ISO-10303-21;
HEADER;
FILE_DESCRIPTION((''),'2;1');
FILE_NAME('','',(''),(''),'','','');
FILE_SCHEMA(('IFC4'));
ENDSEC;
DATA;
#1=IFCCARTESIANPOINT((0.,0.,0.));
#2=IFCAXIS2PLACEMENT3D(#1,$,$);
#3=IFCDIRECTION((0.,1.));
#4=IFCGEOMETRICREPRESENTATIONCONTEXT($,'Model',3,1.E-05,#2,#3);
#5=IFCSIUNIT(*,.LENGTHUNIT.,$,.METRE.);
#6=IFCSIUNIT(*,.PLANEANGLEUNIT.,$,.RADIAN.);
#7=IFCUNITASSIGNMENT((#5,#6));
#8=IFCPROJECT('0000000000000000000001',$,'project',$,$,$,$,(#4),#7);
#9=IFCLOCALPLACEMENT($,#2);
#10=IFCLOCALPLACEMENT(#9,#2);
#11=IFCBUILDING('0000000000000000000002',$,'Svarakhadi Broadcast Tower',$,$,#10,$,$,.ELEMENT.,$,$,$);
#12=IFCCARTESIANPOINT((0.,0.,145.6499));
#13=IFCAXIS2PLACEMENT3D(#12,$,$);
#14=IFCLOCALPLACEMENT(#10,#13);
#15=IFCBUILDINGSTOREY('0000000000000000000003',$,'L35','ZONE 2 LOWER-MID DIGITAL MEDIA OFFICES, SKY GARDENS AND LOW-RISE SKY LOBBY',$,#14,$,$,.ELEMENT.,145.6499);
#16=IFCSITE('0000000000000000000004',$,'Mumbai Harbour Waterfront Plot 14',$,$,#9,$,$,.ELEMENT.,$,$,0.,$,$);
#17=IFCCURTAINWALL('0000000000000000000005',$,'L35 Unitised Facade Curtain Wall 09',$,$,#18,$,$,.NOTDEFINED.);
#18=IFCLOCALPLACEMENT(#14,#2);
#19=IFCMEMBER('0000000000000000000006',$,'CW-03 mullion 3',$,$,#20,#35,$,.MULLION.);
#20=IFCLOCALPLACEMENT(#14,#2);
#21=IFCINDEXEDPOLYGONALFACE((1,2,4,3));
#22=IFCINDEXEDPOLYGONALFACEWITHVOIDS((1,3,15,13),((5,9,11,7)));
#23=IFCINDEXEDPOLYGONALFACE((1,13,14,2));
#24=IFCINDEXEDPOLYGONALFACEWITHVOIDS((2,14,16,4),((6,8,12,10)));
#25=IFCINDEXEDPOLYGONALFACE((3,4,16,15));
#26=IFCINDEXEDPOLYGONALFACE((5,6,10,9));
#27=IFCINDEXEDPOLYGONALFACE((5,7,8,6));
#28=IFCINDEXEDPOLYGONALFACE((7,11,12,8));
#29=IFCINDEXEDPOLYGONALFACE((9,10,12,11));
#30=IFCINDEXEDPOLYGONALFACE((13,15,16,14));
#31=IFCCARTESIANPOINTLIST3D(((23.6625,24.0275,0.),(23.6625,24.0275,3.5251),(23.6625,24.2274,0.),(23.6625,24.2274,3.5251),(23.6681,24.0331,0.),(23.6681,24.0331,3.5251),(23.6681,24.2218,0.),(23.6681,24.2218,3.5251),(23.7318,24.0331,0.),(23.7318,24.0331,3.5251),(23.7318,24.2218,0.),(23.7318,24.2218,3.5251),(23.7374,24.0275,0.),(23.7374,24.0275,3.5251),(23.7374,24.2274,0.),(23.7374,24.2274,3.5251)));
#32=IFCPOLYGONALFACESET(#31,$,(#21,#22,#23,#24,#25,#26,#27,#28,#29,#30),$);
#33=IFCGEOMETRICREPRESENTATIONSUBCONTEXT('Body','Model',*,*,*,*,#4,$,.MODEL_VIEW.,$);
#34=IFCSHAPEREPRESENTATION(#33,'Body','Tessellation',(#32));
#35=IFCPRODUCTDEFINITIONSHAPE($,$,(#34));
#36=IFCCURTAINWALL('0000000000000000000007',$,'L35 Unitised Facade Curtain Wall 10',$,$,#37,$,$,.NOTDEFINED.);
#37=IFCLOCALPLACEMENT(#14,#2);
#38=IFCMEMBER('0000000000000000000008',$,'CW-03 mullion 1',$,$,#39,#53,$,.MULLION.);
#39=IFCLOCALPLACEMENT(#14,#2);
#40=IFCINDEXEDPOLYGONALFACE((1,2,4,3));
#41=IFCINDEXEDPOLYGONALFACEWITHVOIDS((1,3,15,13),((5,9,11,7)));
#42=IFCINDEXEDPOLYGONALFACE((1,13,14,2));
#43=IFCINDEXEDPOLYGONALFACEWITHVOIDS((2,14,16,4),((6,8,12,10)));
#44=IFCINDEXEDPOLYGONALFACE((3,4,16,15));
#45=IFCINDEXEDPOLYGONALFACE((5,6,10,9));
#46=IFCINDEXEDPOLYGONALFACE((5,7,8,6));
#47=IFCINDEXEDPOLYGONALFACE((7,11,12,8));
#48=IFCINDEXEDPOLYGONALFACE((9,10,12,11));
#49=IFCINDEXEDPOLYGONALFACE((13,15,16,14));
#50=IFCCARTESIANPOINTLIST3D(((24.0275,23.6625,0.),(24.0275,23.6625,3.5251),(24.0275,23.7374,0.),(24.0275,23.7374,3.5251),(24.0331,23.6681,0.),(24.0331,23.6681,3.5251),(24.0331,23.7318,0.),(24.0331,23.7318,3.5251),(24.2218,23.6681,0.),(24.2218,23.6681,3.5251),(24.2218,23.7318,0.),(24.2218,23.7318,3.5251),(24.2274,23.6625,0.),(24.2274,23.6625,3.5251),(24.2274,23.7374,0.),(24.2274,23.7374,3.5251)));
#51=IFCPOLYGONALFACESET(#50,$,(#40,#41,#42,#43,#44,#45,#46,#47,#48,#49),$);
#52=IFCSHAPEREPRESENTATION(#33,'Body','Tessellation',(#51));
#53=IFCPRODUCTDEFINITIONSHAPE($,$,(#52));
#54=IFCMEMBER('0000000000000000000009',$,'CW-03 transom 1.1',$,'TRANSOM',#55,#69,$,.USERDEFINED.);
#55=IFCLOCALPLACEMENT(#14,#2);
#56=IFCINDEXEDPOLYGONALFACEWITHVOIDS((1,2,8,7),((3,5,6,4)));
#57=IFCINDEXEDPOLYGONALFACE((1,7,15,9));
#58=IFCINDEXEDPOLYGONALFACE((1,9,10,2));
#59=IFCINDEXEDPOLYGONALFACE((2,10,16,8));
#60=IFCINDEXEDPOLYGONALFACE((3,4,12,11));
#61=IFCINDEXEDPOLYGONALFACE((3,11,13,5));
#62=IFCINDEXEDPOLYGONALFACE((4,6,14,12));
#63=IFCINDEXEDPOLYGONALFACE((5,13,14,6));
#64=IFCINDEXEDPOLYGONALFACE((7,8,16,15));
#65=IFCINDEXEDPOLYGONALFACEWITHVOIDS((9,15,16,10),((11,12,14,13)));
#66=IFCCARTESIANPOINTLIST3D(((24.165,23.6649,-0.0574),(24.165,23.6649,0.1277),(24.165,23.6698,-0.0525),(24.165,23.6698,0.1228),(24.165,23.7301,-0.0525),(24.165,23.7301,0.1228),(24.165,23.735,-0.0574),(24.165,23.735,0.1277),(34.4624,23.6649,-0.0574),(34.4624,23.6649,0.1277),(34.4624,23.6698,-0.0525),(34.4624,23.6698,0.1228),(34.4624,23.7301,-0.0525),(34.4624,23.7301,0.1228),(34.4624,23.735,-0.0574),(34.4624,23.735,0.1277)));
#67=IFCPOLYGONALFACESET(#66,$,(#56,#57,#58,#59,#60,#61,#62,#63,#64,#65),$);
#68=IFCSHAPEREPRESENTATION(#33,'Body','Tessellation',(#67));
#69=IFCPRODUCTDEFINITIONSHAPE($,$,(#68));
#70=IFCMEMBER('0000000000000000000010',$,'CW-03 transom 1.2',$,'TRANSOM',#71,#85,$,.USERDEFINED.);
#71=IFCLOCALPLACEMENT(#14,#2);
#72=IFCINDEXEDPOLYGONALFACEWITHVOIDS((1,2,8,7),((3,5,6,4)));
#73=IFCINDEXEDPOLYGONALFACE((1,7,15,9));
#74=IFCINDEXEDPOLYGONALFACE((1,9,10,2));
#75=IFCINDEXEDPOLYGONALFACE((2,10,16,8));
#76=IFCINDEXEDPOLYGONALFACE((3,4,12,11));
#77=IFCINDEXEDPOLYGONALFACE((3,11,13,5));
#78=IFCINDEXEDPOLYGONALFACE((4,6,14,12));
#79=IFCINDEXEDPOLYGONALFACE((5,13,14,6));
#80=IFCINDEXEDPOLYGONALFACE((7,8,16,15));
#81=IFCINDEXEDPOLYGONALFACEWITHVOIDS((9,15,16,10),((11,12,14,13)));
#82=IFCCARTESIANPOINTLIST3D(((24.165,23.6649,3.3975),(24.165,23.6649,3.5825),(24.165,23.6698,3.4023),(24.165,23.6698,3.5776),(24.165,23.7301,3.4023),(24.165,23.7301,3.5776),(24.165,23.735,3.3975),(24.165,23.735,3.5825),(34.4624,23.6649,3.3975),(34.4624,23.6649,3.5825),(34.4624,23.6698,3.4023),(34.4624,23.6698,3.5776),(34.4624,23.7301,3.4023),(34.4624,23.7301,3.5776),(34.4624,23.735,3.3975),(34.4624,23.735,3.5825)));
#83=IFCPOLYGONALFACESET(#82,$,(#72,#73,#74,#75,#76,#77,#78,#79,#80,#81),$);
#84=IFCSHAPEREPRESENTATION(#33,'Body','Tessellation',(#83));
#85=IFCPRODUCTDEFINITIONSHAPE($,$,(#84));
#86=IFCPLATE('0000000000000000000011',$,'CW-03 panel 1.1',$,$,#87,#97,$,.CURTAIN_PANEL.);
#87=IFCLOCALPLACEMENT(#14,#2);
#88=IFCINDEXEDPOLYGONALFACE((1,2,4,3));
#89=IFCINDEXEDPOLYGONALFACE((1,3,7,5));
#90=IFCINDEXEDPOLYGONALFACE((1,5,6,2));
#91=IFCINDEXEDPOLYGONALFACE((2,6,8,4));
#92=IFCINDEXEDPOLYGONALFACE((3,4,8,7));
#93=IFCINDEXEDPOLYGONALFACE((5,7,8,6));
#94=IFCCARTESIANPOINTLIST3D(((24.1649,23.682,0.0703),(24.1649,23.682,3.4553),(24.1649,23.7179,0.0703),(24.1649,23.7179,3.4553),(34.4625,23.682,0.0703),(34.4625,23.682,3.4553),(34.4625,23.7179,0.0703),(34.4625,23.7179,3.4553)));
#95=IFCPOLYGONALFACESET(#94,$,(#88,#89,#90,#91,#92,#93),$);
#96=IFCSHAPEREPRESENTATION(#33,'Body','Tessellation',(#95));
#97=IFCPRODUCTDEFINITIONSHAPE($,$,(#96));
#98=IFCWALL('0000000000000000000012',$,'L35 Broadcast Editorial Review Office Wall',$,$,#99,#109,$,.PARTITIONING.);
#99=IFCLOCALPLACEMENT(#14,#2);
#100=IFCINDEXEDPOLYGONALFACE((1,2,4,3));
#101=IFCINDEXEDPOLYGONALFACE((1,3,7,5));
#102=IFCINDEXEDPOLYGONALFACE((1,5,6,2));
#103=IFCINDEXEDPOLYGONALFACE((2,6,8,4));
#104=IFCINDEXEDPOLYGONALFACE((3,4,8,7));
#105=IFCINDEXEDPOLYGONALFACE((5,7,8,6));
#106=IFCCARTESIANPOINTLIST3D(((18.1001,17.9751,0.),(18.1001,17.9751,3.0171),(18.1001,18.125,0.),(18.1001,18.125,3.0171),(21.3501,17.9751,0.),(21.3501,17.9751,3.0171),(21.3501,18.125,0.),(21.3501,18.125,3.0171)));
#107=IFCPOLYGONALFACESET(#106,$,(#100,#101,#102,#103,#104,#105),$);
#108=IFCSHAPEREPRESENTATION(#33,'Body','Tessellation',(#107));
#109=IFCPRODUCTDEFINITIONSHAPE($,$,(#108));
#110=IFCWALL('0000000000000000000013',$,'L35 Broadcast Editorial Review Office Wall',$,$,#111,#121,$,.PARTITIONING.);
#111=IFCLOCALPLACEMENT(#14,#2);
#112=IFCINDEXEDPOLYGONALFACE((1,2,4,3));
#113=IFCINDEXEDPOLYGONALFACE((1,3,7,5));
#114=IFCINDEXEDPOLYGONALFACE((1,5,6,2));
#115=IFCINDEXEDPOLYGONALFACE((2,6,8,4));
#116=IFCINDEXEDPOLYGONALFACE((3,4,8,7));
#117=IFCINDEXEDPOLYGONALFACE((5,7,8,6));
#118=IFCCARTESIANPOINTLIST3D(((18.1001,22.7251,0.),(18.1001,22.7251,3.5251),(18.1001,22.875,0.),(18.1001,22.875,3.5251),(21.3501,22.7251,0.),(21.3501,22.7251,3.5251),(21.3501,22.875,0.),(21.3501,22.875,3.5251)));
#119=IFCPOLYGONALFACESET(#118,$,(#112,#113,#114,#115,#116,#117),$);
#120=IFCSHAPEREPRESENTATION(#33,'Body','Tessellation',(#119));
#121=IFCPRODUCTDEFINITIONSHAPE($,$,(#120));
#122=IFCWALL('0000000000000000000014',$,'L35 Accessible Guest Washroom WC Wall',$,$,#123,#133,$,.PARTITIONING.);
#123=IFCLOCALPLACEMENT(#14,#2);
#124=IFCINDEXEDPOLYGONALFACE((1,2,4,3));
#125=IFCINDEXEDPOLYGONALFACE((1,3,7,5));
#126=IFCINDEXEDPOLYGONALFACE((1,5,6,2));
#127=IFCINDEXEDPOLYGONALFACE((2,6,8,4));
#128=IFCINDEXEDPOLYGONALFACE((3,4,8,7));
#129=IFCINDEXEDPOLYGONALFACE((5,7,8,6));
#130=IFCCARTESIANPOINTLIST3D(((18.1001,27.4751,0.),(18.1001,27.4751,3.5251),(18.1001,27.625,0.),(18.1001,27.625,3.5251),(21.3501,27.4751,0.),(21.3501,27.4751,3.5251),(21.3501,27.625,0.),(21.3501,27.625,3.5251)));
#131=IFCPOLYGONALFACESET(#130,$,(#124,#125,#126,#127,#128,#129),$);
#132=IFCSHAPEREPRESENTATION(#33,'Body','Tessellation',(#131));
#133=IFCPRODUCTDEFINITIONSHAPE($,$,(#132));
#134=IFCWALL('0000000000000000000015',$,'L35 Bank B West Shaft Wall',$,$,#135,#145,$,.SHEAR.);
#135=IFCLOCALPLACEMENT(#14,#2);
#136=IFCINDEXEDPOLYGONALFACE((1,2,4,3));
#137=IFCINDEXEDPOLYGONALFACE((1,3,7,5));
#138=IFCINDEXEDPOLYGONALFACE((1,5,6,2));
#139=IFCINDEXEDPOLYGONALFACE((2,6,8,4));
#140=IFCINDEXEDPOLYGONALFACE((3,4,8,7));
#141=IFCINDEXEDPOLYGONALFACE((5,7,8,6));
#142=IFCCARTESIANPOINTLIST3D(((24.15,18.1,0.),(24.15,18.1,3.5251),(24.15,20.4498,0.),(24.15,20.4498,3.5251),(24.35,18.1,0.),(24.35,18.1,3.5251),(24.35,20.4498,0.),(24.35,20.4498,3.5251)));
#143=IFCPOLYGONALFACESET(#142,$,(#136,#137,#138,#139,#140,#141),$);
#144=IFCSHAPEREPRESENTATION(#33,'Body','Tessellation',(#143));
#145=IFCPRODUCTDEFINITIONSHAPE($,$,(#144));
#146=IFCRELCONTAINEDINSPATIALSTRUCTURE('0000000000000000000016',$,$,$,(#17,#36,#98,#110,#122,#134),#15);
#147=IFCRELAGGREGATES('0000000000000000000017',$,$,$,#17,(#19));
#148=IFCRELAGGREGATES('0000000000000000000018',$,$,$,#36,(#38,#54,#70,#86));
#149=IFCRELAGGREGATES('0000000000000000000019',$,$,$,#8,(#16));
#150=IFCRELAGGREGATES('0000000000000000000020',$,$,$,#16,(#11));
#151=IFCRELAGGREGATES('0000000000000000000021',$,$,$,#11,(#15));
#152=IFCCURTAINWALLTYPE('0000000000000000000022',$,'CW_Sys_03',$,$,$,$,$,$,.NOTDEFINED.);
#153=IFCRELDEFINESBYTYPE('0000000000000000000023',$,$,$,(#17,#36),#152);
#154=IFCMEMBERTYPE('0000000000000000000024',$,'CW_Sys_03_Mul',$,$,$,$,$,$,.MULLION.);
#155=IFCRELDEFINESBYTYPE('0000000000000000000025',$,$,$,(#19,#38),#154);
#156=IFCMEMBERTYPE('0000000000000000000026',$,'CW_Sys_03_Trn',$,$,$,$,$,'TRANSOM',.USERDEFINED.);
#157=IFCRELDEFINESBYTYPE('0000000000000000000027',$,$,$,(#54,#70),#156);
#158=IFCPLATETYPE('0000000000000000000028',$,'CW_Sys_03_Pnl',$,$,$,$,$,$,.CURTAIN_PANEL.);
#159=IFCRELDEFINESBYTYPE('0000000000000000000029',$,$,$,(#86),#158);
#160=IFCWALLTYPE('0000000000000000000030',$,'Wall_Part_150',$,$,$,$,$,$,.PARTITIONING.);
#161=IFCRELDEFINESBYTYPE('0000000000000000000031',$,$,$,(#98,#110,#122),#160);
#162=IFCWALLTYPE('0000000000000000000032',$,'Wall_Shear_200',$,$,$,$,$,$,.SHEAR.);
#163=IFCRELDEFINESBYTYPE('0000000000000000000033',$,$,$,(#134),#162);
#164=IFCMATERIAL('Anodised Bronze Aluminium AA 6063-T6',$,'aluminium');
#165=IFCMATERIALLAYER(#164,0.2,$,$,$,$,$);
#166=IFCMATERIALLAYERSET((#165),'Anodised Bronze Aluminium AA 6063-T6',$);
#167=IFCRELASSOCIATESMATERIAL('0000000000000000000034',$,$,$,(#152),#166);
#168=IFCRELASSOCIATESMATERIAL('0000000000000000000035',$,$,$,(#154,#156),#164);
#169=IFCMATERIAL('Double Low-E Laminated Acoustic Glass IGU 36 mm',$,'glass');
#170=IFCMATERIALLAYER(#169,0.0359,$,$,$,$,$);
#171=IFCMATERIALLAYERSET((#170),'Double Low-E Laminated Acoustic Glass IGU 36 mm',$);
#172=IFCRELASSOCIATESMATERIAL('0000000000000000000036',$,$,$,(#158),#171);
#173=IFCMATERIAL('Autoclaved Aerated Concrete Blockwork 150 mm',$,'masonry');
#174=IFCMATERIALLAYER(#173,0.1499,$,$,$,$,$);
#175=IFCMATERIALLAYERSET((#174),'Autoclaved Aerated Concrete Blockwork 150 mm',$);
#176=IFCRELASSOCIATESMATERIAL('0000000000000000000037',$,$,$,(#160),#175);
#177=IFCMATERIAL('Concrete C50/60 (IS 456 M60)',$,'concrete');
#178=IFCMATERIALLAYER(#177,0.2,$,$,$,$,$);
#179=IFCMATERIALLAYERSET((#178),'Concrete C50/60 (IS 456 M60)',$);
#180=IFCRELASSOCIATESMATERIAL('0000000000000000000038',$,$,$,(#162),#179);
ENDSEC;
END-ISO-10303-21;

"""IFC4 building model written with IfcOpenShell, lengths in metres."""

from ifc_helpers import new_model, si_unit, direction, frame, frame_2d, origin, origin_2d, place, context, subcontext, project, spatial, rectangle, hollow_rectangle, extrude, material, layer, layer_set, material_profile, profile_set, type_object, element, aggregate, save


model = new_model("IFC4")

# Units and contexts
model_context = context("Model", 3, precision=1e-05, world=origin(), true_north=direction((0.0, 1.0)))
body_context = subcontext(model_context, "Body", "Model", "MODEL_VIEW")
ifc_project = project(units=[si_unit("LENGTHUNIT", "METRE"), si_unit("PLANEANGLEUNIT", "RADIAN")], contexts=[model_context])

# Site, building, storey
site_placement = place(None, origin())
site = spatial("IfcSite", under=ifc_project, at=site_placement, Name="Mumbai Harbour Waterfront Plot 14", CompositionType="ELEMENT", RefElevation=0.0)
building_placement = place(site_placement, origin())
building = spatial("IfcBuilding", under=site, at=building_placement, Name="Svarakhadi Broadcast Tower", CompositionType="ELEMENT")
storey_placement = place(building_placement, frame((0.0, 0.0, 145.6499)))
storey = spatial("IfcBuildingStorey", under=building, at=storey_placement, Name="L35", Description="ZONE 2 LOWER-MID DIGITAL MEDIA OFFICES, SKY GARDENS AND LOW-RISE SKY LOBBY", CompositionType="ELEMENT", Elevation=145.6499)

# Curtain wall, member
ifc_material_1 = material(Name="Anodised Bronze Aluminium AA 6063-T6", Category="aluminium")
ifc_layer_1 = layer(ifc_material_1, 0.2)
ifc_layer_set_1 = layer_set([ifc_layer_1], Name="Anodised Bronze Aluminium AA 6063-T6")
curtain_wall_type = type_object("IfcCurtainWallType", Name="CW_Sys_03", PredefinedType="NOTDEFINED", material=ifc_layer_set_1)
curtain_wall_1_placement = place(storey_placement, origin())
curtain_wall_1 = element("IfcCurtainWall", 1, at=curtain_wall_1_placement, inside=storey, type_object=curtain_wall_type, Name="L35 Unitised Facade Curtain Wall 09", PredefinedType="NOTDEFINED")
ifc_material_profile_1 = material_profile(ifc_material_1, hollow_rectangle(XDim=0.075, YDim=0.2, WallThickness=0.0056, at=origin_2d()), Name="ALU MULLION 200x75x6")
ifc_profile_set_1 = profile_set([ifc_material_profile_1], Name="Anodised Bronze Aluminium AA 6063-T6")
member_type_1 = type_object("IfcMemberType", Name="CW_Sys_03_Mul", PredefinedType="MULLION", material=ifc_profile_set_1)
member_1_placement = place(storey_placement, frame((23.7, 24.1274, 0.0), z_axis=(0.0, 0.0, 1.0), x_axis=(1.0, 0.0, 0.0)))
member_1 = element("IfcMember", 2, at=member_1_placement, type_object=member_type_1, Name="CW-03 mullion 3", PredefinedType="MULLION", context=body_context, shape_type="SweptSolid", body=[
    extrude(hollow_rectangle(XDim=0.075, YDim=0.2, WallThickness=0.0056, at=origin_2d()), origin(), (0.0, 0.0, 1.0), 3.5251),
])
aggregate(curtain_wall_1, [member_1])

# Curtain wall, members, plate
curtain_wall_2_placement = place(storey_placement, origin())
curtain_wall_2 = element("IfcCurtainWall", 3, at=curtain_wall_2_placement, inside=storey, type_object=curtain_wall_type, Name="L35 Unitised Facade Curtain Wall 10", PredefinedType="NOTDEFINED")
member_2_placement = place(storey_placement, frame((24.1274, 23.7, 0.0), z_axis=(0.0, 0.0, 1.0), x_axis=(0.0, 1.0, 0.0)))
member_2 = element("IfcMember", 4, at=member_2_placement, type_object=member_type_1, Name="CW-03 mullion 1", PredefinedType="MULLION", context=body_context, shape_type="SweptSolid", body=[
    extrude(hollow_rectangle(XDim=0.075, YDim=0.2, WallThickness=0.0056, at=origin_2d()), origin(), (0.0, 0.0, 1.0), 3.5251),
])
ifc_material_profile_2 = material_profile(ifc_material_1, hollow_rectangle(XDim=0.0701, YDim=0.1851, WallThickness=0.0049, at=origin_2d()), Name="ALU TRANSOM 185x70x5")
ifc_profile_set_2 = profile_set([ifc_material_profile_2], Name="Anodised Bronze Aluminium AA 6063-T6")
member_type_2 = type_object("IfcMemberType", Name="CW_Sys_03_Trn", ElementType="TRANSOM", PredefinedType="USERDEFINED", material=ifc_profile_set_2)
member_3_placement = place(storey_placement, frame((24.165, 23.7, 0.0352), z_axis=(1.0, 0.0, 0.0), x_axis=(0.0, 1.0, 0.0)))
member_3 = element("IfcMember", 5, at=member_3_placement, type_object=member_type_2, Name="CW-03 transom 1.1", ObjectType="TRANSOM", PredefinedType="USERDEFINED", context=body_context, shape_type="SweptSolid", body=[
    extrude(hollow_rectangle(XDim=0.0701, YDim=0.1851, WallThickness=0.0049, at=origin_2d()), origin(), (0.0, 0.0, 1.0), 10.2974),
])
member_4_placement = place(storey_placement, frame((24.165, 23.7, 3.49), z_axis=(1.0, 0.0, 0.0), x_axis=(0.0, 1.0, 0.0)))
member_4 = element("IfcMember", 6, at=member_4_placement, type_object=member_type_2, Name="CW-03 transom 1.2", ObjectType="TRANSOM", PredefinedType="USERDEFINED", context=body_context, shape_type="SweptSolid", body=[
    extrude(hollow_rectangle(XDim=0.0701, YDim=0.1851, WallThickness=0.0049, at=origin_2d()), origin(), (0.0, 0.0, 1.0), 10.2974),
])
ifc_material_2 = material(Name="Double Low-E Laminated Acoustic Glass IGU 36 mm", Category="glass")
ifc_layer_2 = layer(ifc_material_2, 0.0359)
ifc_layer_set_2 = layer_set([ifc_layer_2], Name="Double Low-E Laminated Acoustic Glass IGU 36 mm")
plate_type = type_object("IfcPlateType", Name="CW_Sys_03_Pnl", PredefinedType="CURTAIN_PANEL", material=ifc_layer_set_2)
plate_placement = place(storey_placement, frame((29.3137, 23.7, 0.0703), z_axis=(0.0, 0.0, 1.0), x_axis=(1.0, 0.0, 0.0)))
plate = element("IfcPlate", 7, at=plate_placement, type_object=plate_type, Name="CW-03 panel 1.1", PredefinedType="CURTAIN_PANEL", context=body_context, shape_type="SweptSolid", body=[
    extrude(rectangle(XDim=10.2976, YDim=0.0359, at=origin_2d()), origin(), (0.0, 0.0, 1.0), 3.385),
])
aggregate(curtain_wall_2, [member_2, member_3, member_4, plate])

# Walls
ifc_material_3 = material(Name="Autoclaved Aerated Concrete Blockwork 150 mm", Category="masonry")
ifc_layer_3 = layer(ifc_material_3, 0.1499)
ifc_layer_set_3 = layer_set([ifc_layer_3], Name="Autoclaved Aerated Concrete Blockwork 150 mm")
wall_type_1 = type_object("IfcWallType", Name="Wall_Part_150", PredefinedType="PARTITIONING", material=ifc_layer_set_3)
wall_1_placement = place(storey_placement, frame((18.1001, 18.05, 0.0), z_axis=(0.0, 0.0, 1.0), x_axis=(1.0, 0.0, 0.0)))
element("IfcWall", 8, at=wall_1_placement, inside=storey, type_object=wall_type_1, Name="L35 Broadcast Editorial Review Office Wall", PredefinedType="PARTITIONING", context=body_context, shape_type="SweptSolid", body=[
    extrude(rectangle(XDim=3.25, YDim=0.1499, at=frame_2d((1.625, 0.0))), origin(), (0.0, 0.0, 1.0), 3.0171),
])
for number, where, z_axis, x_axis, name in (
    (9, (18.1001, 22.8, 0.0), (0.0, 0.0, 1.0), (1.0, 0.0, 0.0), "L35 Broadcast Editorial Review Office Wall"),
    (10, (18.1001, 27.55, 0.0), (0.0, 0.0, 1.0), (1.0, 0.0, 0.0), "L35 Accessible Guest Washroom WC Wall"),
):
    element("IfcWall", number, at=place(storey_placement, frame(where, z_axis=z_axis, x_axis=x_axis)), inside=storey, type_object=wall_type_1, Name=name, PredefinedType="PARTITIONING", context=body_context, shape_type="SweptSolid", body=[
        extrude(rectangle(XDim=3.25, YDim=0.1499, at=frame_2d((1.625, 0.0))), origin(), (0.0, 0.0, 1.0), 3.5251),
    ])
ifc_material_4 = material(Name="Concrete C50/60 (IS 456 M60)", Category="concrete")
ifc_layer_4 = layer(ifc_material_4, 0.2)
ifc_layer_set_4 = layer_set([ifc_layer_4], Name="Concrete C50/60 (IS 456 M60)")
wall_type_2 = type_object("IfcWallType", Name="Wall_Shear_200", PredefinedType="SHEAR", material=ifc_layer_set_4)
wall_2_placement = place(storey_placement, frame((24.25, 18.1001, 0.0), z_axis=(0.0, 0.0, 1.0), x_axis=(0.0, 1.0, 0.0)))
element("IfcWall", 11, at=wall_2_placement, inside=storey, type_object=wall_type_2, Name="L35 Bank B West Shaft Wall", PredefinedType="SHEAR", context=body_context, shape_type="SweptSolid", body=[
    extrude(rectangle(XDim=2.3499, YDim=0.2, at=frame_2d((1.1748, 0.0))), origin(), (0.0, 0.0, 1.0), 3.5251),
])

save(model, "model.ifc")
